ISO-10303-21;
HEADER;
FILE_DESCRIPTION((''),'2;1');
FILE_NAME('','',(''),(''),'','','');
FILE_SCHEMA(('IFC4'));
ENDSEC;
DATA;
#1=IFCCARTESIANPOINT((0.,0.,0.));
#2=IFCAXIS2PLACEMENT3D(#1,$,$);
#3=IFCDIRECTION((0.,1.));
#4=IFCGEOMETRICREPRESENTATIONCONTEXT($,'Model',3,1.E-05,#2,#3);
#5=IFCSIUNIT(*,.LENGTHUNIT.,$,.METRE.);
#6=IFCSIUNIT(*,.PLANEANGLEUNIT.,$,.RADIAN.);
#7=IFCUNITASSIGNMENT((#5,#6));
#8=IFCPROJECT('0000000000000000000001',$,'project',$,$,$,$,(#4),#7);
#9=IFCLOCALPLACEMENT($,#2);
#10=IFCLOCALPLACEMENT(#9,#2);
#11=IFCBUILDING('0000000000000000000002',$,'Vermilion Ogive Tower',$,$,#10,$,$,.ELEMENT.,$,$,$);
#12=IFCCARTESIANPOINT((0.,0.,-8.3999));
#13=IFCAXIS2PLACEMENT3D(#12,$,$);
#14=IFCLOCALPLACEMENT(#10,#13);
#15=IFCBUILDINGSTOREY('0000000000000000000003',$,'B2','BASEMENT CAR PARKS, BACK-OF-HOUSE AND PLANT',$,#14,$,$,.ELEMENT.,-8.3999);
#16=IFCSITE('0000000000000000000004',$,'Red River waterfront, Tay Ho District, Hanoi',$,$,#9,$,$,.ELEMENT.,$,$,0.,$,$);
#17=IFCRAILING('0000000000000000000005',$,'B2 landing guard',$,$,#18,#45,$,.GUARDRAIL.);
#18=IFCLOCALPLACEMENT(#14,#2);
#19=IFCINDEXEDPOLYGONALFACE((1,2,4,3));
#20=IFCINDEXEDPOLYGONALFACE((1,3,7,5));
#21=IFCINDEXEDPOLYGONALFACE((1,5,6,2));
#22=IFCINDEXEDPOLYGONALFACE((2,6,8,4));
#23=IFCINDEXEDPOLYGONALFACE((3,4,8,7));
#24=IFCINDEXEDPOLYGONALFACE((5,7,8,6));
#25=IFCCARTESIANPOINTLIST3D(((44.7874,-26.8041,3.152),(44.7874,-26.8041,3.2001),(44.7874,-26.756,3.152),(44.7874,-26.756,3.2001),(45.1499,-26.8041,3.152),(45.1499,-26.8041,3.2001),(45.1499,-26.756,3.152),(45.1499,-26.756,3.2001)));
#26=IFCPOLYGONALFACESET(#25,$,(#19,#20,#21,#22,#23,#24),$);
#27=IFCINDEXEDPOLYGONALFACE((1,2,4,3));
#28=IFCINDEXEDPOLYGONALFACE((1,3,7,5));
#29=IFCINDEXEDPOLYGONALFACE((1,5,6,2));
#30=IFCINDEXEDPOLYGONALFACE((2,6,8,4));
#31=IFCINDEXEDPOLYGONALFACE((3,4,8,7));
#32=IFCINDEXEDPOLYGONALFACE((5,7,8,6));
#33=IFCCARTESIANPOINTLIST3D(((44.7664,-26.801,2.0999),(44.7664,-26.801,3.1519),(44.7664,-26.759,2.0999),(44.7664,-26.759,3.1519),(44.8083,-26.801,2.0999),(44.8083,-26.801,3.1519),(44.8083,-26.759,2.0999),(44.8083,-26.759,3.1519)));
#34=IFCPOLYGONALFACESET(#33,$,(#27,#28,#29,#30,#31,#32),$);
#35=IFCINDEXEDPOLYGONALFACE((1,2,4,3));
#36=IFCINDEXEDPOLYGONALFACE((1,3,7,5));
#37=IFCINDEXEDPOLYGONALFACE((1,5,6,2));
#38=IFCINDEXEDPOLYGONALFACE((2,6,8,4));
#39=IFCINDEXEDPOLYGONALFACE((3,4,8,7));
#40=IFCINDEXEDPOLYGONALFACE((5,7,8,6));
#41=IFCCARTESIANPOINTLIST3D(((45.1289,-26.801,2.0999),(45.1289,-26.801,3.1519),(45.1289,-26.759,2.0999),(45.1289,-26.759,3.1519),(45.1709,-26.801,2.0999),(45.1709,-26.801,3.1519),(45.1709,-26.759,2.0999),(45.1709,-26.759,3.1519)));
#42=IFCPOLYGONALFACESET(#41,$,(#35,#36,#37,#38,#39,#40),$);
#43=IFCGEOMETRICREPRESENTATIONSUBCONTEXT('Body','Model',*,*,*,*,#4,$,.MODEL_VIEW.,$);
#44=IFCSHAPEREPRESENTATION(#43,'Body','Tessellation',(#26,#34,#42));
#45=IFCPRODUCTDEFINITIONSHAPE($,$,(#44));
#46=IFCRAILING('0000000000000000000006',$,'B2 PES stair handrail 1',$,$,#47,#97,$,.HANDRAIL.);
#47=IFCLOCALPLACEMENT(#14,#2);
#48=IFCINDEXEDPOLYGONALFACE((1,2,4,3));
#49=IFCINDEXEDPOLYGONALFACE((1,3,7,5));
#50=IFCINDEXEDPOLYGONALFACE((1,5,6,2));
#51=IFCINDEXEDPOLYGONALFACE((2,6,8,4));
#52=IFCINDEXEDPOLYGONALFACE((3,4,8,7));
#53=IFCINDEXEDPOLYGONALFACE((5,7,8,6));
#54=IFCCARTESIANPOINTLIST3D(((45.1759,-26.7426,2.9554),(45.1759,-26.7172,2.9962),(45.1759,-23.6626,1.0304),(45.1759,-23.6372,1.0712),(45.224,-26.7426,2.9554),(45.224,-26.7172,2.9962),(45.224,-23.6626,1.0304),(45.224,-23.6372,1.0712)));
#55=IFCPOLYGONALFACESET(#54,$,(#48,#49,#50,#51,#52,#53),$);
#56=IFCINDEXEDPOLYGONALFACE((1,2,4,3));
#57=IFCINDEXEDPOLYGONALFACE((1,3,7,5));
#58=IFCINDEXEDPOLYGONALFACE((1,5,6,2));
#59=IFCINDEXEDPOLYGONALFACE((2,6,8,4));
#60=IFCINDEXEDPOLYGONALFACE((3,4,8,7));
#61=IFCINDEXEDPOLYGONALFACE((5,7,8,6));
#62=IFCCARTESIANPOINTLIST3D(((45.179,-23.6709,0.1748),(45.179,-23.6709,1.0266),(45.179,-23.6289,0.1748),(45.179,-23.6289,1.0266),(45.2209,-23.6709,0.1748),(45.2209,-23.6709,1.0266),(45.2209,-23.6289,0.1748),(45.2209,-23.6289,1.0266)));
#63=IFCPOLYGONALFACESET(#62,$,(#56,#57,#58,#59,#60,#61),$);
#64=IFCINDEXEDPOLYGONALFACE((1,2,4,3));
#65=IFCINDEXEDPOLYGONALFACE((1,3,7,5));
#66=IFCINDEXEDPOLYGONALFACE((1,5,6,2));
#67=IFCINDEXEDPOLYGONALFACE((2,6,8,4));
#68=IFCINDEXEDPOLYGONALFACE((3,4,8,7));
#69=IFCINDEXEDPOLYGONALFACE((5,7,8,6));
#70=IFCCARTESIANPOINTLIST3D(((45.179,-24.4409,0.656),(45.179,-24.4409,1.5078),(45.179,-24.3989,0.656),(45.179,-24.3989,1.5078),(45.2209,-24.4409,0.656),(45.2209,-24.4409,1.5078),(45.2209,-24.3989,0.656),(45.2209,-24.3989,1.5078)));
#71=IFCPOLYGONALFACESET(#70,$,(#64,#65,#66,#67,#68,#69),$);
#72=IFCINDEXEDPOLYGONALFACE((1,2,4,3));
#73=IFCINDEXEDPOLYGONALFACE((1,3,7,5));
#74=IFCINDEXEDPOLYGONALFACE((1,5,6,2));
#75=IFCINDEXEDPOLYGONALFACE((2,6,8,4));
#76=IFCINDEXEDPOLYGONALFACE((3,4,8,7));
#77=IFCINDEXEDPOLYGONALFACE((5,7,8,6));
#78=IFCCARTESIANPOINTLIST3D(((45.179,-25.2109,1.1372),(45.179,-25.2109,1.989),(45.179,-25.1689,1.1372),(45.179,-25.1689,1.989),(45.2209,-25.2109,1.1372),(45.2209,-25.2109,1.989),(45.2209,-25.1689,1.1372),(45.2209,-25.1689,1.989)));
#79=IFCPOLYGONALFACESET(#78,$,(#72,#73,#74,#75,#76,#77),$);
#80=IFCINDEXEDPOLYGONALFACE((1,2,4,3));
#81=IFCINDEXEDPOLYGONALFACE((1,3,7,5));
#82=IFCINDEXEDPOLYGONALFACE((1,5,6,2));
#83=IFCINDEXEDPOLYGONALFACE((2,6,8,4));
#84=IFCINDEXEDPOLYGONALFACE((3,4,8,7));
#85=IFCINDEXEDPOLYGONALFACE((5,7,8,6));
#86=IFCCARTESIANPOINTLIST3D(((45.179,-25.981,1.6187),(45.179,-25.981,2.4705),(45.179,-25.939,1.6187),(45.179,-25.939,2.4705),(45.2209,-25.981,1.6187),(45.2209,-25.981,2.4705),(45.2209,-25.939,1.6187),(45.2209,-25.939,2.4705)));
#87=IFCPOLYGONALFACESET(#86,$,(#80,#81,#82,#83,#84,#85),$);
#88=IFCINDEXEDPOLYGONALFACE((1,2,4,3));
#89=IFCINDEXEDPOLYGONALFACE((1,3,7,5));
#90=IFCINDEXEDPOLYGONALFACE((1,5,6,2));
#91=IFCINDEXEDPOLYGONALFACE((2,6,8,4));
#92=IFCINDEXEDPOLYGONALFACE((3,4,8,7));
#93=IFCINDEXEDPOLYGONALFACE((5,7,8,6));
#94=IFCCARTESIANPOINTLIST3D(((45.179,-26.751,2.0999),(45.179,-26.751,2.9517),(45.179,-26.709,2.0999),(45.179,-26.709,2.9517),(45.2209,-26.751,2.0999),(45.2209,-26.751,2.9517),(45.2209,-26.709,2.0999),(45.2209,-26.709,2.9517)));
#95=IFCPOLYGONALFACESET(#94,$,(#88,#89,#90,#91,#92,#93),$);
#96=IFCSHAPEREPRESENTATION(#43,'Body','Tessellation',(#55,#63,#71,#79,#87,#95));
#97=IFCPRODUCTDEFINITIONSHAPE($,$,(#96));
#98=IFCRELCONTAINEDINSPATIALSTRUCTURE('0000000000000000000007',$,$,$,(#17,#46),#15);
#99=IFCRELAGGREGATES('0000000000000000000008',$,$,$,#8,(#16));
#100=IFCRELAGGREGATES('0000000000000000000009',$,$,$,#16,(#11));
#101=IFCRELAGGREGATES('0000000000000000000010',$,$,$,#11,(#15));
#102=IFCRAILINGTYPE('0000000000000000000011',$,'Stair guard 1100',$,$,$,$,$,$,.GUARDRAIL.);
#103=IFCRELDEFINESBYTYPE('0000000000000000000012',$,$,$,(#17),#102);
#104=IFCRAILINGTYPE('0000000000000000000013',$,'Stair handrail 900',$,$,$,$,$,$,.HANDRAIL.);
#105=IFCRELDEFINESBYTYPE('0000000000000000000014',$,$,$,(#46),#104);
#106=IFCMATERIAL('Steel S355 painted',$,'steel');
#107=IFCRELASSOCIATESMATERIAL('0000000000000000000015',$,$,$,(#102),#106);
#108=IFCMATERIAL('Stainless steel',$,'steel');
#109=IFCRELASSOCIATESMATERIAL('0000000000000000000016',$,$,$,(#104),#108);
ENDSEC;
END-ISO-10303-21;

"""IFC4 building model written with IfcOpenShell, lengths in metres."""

from ifc_helpers import new_model, si_unit, direction, frame, origin, origin_2d, place, context, subcontext, project, spatial, rectangle, extrude, material, type_object, element, save


model = new_model("IFC4")

# Units and contexts
model_context = context("Model", 3, precision=1e-05, world=origin(), true_north=direction((0.0, 1.0)))
body_context = subcontext(model_context, "Body", "Model", "MODEL_VIEW")
ifc_project = project(units=[si_unit("LENGTHUNIT", "METRE"), si_unit("PLANEANGLEUNIT", "RADIAN")], contexts=[model_context])

# Site, building, storey
site_placement = place(None, origin())
site = spatial("IfcSite", under=ifc_project, at=site_placement, Name="Red River waterfront, Tay Ho District, Hanoi", CompositionType="ELEMENT", RefElevation=0.0)
building_placement = place(site_placement, origin())
building = spatial("IfcBuilding", under=site, at=building_placement, Name="Vermilion Ogive Tower", CompositionType="ELEMENT")
storey_placement = place(building_placement, frame((0.0, 0.0, -8.3999)))
storey = spatial("IfcBuildingStorey", under=building, at=storey_placement, Name="B2", Description="BASEMENT CAR PARKS, BACK-OF-HOUSE AND PLANT", CompositionType="ELEMENT", Elevation=-8.3999)

# Railings
ifc_material_1 = material(Name="Steel S355 painted", Category="steel")
railing_type_1 = type_object("IfcRailingType", Name="Stair guard 1100", PredefinedType="GUARDRAIL", material=ifc_material_1)
railing_1_placement = place(storey_placement, frame((44.7874, -26.78, 2.0999)))
element("IfcRailing", 1, at=railing_1_placement, inside=storey, type_object=railing_type_1, Name="B2 landing guard", PredefinedType="GUARDRAIL", context=body_context, shape_type="SweptSolid", body=[
    extrude(rectangle(XDim=0.0481, YDim=0.0481, at=origin_2d()), frame((0.0, 0.0, 1.0762), z_axis=(1.0, 0.0, 0.0), x_axis=(0.0, 1.0, 0.0)), (0.0, 0.0, 1.0), 0.3625),
    extrude(rectangle(XDim=0.042, YDim=0.042, at=origin_2d()), origin(), (0.0, 0.0, 1.0), 1.052),
    extrude(rectangle(XDim=0.042, YDim=0.042, at=origin_2d()), frame((0.3625, 0.0, 0.0)), (0.0, 0.0, 1.0), 1.052),
])
ifc_material_2 = material(Name="Stainless steel", Category="steel")
railing_type_2 = type_object("IfcRailingType", Name="Stair handrail 900", PredefinedType="HANDRAIL", material=ifc_material_2)
railing_2_placement = place(storey_placement, frame((45.2, -23.6499, 0.1748)))
element("IfcRailing", 2, at=railing_2_placement, inside=storey, type_object=railing_type_2, Name="B2 PES stair handrail 1", PredefinedType="HANDRAIL", context=body_context, shape_type="SweptSolid", body=[
    extrude(rectangle(XDim=0.0481, YDim=0.0481, at=origin_2d()), frame((0.0, 0.0, 0.876), z_axis=(0.0, -0.847998, 0.529999), x_axis=(1.0, 0.0, 0.0)), (0.0, 0.0, 1.0), 3.6321),
    extrude(rectangle(XDim=0.042, YDim=0.042, at=origin_2d()), origin(), (0.0, 0.0, 1.0), 0.8518),
    extrude(rectangle(XDim=0.042, YDim=0.042, at=origin_2d()), frame((0.0, -0.77, 0.4812)), (0.0, 0.0, 1.0), 0.8518),
    extrude(rectangle(XDim=0.042, YDim=0.042, at=origin_2d()), frame((0.0, -1.54, 0.9624)), (0.0, 0.0, 1.0), 0.8518),
    extrude(rectangle(XDim=0.042, YDim=0.042, at=origin_2d()), frame((0.0, -2.3101, 1.4438)), (0.0, 0.0, 1.0), 0.8518),
    extrude(rectangle(XDim=0.042, YDim=0.042, at=origin_2d()), frame((0.0, -3.0801, 1.925)), (0.0, 0.0, 1.0), 0.8518),
])

save(model, "model.ifc")
